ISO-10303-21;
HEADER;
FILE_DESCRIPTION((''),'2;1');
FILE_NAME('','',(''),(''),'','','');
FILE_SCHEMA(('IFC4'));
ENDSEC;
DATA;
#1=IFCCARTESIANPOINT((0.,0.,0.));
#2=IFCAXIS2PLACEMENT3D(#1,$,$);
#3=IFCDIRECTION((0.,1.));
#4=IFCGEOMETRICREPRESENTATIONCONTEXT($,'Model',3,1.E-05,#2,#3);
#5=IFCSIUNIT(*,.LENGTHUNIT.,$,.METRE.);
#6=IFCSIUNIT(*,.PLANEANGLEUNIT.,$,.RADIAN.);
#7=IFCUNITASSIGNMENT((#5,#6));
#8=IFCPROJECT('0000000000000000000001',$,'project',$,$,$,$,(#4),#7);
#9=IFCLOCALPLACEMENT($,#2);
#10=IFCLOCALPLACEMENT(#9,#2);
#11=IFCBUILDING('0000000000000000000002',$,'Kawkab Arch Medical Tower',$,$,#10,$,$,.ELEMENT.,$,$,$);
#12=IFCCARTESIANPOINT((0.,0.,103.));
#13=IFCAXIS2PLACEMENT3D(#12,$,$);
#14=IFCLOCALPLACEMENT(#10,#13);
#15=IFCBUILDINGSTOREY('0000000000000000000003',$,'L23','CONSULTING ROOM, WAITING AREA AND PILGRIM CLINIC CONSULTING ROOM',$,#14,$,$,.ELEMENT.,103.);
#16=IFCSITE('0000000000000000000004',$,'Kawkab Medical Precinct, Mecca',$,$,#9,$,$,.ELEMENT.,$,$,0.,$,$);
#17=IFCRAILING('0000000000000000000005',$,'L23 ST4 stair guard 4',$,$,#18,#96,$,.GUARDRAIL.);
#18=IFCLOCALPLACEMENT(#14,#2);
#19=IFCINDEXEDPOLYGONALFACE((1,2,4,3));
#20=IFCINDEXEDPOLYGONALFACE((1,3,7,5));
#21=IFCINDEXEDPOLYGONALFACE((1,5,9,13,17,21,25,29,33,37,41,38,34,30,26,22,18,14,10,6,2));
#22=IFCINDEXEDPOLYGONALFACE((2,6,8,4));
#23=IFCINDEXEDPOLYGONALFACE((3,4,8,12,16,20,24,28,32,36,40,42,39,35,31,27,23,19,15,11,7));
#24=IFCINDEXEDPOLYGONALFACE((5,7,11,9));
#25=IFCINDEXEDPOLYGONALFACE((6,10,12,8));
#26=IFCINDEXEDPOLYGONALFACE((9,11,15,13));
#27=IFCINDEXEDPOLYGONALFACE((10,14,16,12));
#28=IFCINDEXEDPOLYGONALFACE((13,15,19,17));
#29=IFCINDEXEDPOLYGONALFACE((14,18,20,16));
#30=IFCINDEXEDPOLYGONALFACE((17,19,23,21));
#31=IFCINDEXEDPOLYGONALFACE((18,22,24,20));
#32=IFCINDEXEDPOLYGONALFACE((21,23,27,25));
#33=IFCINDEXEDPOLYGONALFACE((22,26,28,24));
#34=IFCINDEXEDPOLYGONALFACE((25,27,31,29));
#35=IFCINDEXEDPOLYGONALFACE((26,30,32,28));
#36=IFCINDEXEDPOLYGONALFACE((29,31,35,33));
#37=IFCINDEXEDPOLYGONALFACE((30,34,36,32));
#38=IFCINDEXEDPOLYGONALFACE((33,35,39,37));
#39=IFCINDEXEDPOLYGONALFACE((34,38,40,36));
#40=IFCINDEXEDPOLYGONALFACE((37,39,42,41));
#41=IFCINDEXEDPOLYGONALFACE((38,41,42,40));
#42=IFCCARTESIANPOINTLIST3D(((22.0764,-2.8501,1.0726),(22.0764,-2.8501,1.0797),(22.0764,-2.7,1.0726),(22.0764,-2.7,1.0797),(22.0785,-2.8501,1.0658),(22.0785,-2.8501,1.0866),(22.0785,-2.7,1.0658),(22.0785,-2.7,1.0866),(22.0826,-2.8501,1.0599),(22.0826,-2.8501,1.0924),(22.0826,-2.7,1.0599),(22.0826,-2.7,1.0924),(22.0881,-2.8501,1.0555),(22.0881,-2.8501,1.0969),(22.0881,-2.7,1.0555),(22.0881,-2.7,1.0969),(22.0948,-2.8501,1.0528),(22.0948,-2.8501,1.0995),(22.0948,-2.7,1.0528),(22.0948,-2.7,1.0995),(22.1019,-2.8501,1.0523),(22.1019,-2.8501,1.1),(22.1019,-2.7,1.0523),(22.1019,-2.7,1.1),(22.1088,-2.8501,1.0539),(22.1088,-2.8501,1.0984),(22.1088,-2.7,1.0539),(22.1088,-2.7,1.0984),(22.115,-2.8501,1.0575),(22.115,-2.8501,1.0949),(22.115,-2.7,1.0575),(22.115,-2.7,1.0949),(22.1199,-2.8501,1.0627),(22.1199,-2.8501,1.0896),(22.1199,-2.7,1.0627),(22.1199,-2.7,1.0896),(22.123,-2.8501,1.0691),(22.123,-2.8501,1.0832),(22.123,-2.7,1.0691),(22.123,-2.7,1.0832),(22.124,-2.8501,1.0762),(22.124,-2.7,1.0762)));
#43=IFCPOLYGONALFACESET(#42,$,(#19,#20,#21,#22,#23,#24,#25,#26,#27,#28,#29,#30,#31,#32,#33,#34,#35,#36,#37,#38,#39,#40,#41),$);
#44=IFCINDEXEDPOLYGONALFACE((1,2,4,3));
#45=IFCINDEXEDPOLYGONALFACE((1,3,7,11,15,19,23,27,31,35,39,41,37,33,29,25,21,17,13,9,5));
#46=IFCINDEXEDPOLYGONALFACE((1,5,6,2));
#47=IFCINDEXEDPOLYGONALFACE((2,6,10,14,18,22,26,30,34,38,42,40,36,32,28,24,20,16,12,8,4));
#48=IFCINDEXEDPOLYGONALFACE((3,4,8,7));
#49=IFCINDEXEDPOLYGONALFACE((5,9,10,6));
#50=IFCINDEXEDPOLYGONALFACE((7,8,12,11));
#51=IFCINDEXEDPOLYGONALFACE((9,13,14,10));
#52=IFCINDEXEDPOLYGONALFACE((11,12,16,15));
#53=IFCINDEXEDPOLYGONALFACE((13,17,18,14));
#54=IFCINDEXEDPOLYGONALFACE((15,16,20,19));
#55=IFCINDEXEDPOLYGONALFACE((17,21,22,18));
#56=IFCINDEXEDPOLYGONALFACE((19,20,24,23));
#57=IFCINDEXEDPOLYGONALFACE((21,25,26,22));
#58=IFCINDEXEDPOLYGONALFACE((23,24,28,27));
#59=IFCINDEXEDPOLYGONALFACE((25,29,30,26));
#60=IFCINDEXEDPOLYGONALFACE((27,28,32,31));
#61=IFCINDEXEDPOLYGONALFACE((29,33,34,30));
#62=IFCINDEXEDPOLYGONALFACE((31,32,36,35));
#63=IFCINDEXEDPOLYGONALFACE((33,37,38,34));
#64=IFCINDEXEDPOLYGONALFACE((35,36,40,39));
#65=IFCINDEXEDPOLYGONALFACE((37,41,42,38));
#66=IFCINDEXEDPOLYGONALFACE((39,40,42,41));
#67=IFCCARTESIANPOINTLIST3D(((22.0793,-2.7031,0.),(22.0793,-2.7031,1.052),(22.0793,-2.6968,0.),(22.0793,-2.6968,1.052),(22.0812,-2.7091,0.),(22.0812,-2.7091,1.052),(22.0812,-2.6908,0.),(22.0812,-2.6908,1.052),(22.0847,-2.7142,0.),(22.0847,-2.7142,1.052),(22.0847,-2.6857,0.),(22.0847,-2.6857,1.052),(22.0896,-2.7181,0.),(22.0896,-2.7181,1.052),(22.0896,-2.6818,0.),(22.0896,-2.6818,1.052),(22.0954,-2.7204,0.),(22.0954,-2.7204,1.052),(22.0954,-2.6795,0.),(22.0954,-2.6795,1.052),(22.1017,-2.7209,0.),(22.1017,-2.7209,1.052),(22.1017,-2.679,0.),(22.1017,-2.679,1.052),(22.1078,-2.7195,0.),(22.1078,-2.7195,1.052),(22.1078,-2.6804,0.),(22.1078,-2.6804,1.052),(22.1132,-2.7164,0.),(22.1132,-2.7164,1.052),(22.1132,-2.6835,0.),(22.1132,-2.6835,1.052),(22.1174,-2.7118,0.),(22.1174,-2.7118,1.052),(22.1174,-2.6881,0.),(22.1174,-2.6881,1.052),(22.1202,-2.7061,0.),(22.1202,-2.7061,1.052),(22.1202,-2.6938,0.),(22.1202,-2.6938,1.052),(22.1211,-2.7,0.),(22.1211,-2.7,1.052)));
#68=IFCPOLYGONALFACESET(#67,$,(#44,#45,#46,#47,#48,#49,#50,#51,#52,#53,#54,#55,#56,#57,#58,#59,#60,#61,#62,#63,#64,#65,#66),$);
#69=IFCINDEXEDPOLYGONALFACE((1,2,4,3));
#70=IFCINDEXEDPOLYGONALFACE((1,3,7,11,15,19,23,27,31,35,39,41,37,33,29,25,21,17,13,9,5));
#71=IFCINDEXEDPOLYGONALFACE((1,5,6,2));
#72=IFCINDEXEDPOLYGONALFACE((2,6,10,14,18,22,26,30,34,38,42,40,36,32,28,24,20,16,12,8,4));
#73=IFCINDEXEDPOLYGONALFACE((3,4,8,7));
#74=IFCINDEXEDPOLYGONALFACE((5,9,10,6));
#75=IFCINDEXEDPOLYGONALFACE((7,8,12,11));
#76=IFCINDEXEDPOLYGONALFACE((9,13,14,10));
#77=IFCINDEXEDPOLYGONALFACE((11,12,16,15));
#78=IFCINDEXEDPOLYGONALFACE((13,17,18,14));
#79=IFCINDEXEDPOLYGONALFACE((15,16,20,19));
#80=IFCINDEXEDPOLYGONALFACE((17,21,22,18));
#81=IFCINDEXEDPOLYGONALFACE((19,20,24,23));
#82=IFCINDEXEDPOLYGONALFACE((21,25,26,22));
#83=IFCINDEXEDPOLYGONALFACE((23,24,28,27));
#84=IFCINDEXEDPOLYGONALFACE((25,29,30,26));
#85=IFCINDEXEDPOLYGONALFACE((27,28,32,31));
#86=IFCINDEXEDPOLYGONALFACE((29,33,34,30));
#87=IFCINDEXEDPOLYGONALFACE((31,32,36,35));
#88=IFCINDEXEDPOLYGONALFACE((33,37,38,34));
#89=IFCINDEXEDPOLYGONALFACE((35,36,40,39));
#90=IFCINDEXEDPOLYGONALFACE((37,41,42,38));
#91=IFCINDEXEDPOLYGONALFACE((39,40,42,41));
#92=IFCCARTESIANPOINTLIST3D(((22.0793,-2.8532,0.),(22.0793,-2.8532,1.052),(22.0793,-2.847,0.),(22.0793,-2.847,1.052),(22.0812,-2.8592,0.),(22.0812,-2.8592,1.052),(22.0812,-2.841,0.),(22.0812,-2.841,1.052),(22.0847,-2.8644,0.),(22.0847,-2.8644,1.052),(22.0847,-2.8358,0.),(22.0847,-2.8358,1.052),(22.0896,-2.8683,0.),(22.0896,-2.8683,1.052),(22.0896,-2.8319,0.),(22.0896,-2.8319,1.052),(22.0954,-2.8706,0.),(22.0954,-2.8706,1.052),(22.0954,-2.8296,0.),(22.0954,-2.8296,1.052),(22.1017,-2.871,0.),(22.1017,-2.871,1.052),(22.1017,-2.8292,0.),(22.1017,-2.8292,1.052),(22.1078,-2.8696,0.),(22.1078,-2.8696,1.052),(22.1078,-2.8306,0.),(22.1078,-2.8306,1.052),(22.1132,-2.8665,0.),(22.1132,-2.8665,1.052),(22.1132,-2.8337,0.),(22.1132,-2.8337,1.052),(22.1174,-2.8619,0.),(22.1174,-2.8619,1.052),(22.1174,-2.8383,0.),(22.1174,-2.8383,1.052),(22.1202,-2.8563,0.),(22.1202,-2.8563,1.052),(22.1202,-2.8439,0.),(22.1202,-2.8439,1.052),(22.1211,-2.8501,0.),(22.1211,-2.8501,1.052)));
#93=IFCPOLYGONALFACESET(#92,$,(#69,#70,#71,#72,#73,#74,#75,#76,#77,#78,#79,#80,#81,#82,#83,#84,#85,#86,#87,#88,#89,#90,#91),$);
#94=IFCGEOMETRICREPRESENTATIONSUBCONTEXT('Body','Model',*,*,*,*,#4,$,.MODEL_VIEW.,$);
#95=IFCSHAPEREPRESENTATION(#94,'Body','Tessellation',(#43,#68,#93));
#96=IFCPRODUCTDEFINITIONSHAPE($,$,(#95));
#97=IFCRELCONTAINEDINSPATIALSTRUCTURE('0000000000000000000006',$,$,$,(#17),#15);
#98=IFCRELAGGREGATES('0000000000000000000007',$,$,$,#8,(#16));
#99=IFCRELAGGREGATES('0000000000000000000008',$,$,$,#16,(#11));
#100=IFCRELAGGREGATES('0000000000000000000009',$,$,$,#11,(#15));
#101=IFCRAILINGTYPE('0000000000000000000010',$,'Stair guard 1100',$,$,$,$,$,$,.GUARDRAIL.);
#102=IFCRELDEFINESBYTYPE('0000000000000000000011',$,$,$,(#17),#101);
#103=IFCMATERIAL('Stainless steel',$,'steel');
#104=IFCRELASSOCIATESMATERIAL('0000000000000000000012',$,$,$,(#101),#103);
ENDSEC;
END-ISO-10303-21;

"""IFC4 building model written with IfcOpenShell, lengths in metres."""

from ifc_helpers import new_model, si_unit, direction, frame, origin, origin_2d, place, context, subcontext, project, spatial, circle, extrude, material, type_object, element, save


model = new_model("IFC4")

# Units and contexts
model_context = context("Model", 3, precision=1e-05, world=origin(), true_north=direction((0.0, 1.0)))
body_context = subcontext(model_context, "Body", "Model", "MODEL_VIEW")
ifc_project = project(units=[si_unit("LENGTHUNIT", "METRE"), si_unit("PLANEANGLEUNIT", "RADIAN")], contexts=[model_context])

# Site, building, storey
site_placement = place(None, origin())
site = spatial("IfcSite", under=ifc_project, at=site_placement, Name="Kawkab Medical Precinct, Mecca", CompositionType="ELEMENT", RefElevation=0.0)
building_placement = place(site_placement, origin())
building = spatial("IfcBuilding", under=site, at=building_placement, Name="Kawkab Arch Medical Tower", CompositionType="ELEMENT")
storey_placement = place(building_placement, frame((0.0, 0.0, 103.0)))
storey = spatial("IfcBuildingStorey", under=building, at=storey_placement, Name="L23", Description="CONSULTING ROOM, WAITING AREA AND PILGRIM CLINIC CONSULTING ROOM", CompositionType="ELEMENT", Elevation=103.0)

# Railing
ifc_material_1 = material(Name="Stainless steel", Category="steel")
railing_type_1 = type_object("IfcRailingType", Name="Stair guard 1100", PredefinedType="GUARDRAIL", material=ifc_material_1)
railing_1_placement = place(storey_placement, frame((22.1001, -2.7, 0.0)))
element("IfcRailing", 1, at=railing_1_placement, inside=storey, type_object=railing_type_1, Name="L23 ST4 stair guard 4", PredefinedType="GUARDRAIL", context=body_context, shape_type="SweptSolid", body=[
    extrude(circle(Radius=0.0239, at=origin_2d()), frame((0.0, 0.0, 1.0762), z_axis=(0.0, -1.0, 0.0), x_axis=(1.0, 0.0, 0.0)), (0.0, 0.0, 1.0), 0.1501),
    extrude(circle(Radius=0.021, at=origin_2d()), origin(), (0.0, 0.0, 1.0), 1.052),
    extrude(circle(Radius=0.021, at=origin_2d()), frame((0.0, -0.1501, 0.0)), (0.0, 0.0, 1.0), 1.052),
])

save(model, "model.ifc")
